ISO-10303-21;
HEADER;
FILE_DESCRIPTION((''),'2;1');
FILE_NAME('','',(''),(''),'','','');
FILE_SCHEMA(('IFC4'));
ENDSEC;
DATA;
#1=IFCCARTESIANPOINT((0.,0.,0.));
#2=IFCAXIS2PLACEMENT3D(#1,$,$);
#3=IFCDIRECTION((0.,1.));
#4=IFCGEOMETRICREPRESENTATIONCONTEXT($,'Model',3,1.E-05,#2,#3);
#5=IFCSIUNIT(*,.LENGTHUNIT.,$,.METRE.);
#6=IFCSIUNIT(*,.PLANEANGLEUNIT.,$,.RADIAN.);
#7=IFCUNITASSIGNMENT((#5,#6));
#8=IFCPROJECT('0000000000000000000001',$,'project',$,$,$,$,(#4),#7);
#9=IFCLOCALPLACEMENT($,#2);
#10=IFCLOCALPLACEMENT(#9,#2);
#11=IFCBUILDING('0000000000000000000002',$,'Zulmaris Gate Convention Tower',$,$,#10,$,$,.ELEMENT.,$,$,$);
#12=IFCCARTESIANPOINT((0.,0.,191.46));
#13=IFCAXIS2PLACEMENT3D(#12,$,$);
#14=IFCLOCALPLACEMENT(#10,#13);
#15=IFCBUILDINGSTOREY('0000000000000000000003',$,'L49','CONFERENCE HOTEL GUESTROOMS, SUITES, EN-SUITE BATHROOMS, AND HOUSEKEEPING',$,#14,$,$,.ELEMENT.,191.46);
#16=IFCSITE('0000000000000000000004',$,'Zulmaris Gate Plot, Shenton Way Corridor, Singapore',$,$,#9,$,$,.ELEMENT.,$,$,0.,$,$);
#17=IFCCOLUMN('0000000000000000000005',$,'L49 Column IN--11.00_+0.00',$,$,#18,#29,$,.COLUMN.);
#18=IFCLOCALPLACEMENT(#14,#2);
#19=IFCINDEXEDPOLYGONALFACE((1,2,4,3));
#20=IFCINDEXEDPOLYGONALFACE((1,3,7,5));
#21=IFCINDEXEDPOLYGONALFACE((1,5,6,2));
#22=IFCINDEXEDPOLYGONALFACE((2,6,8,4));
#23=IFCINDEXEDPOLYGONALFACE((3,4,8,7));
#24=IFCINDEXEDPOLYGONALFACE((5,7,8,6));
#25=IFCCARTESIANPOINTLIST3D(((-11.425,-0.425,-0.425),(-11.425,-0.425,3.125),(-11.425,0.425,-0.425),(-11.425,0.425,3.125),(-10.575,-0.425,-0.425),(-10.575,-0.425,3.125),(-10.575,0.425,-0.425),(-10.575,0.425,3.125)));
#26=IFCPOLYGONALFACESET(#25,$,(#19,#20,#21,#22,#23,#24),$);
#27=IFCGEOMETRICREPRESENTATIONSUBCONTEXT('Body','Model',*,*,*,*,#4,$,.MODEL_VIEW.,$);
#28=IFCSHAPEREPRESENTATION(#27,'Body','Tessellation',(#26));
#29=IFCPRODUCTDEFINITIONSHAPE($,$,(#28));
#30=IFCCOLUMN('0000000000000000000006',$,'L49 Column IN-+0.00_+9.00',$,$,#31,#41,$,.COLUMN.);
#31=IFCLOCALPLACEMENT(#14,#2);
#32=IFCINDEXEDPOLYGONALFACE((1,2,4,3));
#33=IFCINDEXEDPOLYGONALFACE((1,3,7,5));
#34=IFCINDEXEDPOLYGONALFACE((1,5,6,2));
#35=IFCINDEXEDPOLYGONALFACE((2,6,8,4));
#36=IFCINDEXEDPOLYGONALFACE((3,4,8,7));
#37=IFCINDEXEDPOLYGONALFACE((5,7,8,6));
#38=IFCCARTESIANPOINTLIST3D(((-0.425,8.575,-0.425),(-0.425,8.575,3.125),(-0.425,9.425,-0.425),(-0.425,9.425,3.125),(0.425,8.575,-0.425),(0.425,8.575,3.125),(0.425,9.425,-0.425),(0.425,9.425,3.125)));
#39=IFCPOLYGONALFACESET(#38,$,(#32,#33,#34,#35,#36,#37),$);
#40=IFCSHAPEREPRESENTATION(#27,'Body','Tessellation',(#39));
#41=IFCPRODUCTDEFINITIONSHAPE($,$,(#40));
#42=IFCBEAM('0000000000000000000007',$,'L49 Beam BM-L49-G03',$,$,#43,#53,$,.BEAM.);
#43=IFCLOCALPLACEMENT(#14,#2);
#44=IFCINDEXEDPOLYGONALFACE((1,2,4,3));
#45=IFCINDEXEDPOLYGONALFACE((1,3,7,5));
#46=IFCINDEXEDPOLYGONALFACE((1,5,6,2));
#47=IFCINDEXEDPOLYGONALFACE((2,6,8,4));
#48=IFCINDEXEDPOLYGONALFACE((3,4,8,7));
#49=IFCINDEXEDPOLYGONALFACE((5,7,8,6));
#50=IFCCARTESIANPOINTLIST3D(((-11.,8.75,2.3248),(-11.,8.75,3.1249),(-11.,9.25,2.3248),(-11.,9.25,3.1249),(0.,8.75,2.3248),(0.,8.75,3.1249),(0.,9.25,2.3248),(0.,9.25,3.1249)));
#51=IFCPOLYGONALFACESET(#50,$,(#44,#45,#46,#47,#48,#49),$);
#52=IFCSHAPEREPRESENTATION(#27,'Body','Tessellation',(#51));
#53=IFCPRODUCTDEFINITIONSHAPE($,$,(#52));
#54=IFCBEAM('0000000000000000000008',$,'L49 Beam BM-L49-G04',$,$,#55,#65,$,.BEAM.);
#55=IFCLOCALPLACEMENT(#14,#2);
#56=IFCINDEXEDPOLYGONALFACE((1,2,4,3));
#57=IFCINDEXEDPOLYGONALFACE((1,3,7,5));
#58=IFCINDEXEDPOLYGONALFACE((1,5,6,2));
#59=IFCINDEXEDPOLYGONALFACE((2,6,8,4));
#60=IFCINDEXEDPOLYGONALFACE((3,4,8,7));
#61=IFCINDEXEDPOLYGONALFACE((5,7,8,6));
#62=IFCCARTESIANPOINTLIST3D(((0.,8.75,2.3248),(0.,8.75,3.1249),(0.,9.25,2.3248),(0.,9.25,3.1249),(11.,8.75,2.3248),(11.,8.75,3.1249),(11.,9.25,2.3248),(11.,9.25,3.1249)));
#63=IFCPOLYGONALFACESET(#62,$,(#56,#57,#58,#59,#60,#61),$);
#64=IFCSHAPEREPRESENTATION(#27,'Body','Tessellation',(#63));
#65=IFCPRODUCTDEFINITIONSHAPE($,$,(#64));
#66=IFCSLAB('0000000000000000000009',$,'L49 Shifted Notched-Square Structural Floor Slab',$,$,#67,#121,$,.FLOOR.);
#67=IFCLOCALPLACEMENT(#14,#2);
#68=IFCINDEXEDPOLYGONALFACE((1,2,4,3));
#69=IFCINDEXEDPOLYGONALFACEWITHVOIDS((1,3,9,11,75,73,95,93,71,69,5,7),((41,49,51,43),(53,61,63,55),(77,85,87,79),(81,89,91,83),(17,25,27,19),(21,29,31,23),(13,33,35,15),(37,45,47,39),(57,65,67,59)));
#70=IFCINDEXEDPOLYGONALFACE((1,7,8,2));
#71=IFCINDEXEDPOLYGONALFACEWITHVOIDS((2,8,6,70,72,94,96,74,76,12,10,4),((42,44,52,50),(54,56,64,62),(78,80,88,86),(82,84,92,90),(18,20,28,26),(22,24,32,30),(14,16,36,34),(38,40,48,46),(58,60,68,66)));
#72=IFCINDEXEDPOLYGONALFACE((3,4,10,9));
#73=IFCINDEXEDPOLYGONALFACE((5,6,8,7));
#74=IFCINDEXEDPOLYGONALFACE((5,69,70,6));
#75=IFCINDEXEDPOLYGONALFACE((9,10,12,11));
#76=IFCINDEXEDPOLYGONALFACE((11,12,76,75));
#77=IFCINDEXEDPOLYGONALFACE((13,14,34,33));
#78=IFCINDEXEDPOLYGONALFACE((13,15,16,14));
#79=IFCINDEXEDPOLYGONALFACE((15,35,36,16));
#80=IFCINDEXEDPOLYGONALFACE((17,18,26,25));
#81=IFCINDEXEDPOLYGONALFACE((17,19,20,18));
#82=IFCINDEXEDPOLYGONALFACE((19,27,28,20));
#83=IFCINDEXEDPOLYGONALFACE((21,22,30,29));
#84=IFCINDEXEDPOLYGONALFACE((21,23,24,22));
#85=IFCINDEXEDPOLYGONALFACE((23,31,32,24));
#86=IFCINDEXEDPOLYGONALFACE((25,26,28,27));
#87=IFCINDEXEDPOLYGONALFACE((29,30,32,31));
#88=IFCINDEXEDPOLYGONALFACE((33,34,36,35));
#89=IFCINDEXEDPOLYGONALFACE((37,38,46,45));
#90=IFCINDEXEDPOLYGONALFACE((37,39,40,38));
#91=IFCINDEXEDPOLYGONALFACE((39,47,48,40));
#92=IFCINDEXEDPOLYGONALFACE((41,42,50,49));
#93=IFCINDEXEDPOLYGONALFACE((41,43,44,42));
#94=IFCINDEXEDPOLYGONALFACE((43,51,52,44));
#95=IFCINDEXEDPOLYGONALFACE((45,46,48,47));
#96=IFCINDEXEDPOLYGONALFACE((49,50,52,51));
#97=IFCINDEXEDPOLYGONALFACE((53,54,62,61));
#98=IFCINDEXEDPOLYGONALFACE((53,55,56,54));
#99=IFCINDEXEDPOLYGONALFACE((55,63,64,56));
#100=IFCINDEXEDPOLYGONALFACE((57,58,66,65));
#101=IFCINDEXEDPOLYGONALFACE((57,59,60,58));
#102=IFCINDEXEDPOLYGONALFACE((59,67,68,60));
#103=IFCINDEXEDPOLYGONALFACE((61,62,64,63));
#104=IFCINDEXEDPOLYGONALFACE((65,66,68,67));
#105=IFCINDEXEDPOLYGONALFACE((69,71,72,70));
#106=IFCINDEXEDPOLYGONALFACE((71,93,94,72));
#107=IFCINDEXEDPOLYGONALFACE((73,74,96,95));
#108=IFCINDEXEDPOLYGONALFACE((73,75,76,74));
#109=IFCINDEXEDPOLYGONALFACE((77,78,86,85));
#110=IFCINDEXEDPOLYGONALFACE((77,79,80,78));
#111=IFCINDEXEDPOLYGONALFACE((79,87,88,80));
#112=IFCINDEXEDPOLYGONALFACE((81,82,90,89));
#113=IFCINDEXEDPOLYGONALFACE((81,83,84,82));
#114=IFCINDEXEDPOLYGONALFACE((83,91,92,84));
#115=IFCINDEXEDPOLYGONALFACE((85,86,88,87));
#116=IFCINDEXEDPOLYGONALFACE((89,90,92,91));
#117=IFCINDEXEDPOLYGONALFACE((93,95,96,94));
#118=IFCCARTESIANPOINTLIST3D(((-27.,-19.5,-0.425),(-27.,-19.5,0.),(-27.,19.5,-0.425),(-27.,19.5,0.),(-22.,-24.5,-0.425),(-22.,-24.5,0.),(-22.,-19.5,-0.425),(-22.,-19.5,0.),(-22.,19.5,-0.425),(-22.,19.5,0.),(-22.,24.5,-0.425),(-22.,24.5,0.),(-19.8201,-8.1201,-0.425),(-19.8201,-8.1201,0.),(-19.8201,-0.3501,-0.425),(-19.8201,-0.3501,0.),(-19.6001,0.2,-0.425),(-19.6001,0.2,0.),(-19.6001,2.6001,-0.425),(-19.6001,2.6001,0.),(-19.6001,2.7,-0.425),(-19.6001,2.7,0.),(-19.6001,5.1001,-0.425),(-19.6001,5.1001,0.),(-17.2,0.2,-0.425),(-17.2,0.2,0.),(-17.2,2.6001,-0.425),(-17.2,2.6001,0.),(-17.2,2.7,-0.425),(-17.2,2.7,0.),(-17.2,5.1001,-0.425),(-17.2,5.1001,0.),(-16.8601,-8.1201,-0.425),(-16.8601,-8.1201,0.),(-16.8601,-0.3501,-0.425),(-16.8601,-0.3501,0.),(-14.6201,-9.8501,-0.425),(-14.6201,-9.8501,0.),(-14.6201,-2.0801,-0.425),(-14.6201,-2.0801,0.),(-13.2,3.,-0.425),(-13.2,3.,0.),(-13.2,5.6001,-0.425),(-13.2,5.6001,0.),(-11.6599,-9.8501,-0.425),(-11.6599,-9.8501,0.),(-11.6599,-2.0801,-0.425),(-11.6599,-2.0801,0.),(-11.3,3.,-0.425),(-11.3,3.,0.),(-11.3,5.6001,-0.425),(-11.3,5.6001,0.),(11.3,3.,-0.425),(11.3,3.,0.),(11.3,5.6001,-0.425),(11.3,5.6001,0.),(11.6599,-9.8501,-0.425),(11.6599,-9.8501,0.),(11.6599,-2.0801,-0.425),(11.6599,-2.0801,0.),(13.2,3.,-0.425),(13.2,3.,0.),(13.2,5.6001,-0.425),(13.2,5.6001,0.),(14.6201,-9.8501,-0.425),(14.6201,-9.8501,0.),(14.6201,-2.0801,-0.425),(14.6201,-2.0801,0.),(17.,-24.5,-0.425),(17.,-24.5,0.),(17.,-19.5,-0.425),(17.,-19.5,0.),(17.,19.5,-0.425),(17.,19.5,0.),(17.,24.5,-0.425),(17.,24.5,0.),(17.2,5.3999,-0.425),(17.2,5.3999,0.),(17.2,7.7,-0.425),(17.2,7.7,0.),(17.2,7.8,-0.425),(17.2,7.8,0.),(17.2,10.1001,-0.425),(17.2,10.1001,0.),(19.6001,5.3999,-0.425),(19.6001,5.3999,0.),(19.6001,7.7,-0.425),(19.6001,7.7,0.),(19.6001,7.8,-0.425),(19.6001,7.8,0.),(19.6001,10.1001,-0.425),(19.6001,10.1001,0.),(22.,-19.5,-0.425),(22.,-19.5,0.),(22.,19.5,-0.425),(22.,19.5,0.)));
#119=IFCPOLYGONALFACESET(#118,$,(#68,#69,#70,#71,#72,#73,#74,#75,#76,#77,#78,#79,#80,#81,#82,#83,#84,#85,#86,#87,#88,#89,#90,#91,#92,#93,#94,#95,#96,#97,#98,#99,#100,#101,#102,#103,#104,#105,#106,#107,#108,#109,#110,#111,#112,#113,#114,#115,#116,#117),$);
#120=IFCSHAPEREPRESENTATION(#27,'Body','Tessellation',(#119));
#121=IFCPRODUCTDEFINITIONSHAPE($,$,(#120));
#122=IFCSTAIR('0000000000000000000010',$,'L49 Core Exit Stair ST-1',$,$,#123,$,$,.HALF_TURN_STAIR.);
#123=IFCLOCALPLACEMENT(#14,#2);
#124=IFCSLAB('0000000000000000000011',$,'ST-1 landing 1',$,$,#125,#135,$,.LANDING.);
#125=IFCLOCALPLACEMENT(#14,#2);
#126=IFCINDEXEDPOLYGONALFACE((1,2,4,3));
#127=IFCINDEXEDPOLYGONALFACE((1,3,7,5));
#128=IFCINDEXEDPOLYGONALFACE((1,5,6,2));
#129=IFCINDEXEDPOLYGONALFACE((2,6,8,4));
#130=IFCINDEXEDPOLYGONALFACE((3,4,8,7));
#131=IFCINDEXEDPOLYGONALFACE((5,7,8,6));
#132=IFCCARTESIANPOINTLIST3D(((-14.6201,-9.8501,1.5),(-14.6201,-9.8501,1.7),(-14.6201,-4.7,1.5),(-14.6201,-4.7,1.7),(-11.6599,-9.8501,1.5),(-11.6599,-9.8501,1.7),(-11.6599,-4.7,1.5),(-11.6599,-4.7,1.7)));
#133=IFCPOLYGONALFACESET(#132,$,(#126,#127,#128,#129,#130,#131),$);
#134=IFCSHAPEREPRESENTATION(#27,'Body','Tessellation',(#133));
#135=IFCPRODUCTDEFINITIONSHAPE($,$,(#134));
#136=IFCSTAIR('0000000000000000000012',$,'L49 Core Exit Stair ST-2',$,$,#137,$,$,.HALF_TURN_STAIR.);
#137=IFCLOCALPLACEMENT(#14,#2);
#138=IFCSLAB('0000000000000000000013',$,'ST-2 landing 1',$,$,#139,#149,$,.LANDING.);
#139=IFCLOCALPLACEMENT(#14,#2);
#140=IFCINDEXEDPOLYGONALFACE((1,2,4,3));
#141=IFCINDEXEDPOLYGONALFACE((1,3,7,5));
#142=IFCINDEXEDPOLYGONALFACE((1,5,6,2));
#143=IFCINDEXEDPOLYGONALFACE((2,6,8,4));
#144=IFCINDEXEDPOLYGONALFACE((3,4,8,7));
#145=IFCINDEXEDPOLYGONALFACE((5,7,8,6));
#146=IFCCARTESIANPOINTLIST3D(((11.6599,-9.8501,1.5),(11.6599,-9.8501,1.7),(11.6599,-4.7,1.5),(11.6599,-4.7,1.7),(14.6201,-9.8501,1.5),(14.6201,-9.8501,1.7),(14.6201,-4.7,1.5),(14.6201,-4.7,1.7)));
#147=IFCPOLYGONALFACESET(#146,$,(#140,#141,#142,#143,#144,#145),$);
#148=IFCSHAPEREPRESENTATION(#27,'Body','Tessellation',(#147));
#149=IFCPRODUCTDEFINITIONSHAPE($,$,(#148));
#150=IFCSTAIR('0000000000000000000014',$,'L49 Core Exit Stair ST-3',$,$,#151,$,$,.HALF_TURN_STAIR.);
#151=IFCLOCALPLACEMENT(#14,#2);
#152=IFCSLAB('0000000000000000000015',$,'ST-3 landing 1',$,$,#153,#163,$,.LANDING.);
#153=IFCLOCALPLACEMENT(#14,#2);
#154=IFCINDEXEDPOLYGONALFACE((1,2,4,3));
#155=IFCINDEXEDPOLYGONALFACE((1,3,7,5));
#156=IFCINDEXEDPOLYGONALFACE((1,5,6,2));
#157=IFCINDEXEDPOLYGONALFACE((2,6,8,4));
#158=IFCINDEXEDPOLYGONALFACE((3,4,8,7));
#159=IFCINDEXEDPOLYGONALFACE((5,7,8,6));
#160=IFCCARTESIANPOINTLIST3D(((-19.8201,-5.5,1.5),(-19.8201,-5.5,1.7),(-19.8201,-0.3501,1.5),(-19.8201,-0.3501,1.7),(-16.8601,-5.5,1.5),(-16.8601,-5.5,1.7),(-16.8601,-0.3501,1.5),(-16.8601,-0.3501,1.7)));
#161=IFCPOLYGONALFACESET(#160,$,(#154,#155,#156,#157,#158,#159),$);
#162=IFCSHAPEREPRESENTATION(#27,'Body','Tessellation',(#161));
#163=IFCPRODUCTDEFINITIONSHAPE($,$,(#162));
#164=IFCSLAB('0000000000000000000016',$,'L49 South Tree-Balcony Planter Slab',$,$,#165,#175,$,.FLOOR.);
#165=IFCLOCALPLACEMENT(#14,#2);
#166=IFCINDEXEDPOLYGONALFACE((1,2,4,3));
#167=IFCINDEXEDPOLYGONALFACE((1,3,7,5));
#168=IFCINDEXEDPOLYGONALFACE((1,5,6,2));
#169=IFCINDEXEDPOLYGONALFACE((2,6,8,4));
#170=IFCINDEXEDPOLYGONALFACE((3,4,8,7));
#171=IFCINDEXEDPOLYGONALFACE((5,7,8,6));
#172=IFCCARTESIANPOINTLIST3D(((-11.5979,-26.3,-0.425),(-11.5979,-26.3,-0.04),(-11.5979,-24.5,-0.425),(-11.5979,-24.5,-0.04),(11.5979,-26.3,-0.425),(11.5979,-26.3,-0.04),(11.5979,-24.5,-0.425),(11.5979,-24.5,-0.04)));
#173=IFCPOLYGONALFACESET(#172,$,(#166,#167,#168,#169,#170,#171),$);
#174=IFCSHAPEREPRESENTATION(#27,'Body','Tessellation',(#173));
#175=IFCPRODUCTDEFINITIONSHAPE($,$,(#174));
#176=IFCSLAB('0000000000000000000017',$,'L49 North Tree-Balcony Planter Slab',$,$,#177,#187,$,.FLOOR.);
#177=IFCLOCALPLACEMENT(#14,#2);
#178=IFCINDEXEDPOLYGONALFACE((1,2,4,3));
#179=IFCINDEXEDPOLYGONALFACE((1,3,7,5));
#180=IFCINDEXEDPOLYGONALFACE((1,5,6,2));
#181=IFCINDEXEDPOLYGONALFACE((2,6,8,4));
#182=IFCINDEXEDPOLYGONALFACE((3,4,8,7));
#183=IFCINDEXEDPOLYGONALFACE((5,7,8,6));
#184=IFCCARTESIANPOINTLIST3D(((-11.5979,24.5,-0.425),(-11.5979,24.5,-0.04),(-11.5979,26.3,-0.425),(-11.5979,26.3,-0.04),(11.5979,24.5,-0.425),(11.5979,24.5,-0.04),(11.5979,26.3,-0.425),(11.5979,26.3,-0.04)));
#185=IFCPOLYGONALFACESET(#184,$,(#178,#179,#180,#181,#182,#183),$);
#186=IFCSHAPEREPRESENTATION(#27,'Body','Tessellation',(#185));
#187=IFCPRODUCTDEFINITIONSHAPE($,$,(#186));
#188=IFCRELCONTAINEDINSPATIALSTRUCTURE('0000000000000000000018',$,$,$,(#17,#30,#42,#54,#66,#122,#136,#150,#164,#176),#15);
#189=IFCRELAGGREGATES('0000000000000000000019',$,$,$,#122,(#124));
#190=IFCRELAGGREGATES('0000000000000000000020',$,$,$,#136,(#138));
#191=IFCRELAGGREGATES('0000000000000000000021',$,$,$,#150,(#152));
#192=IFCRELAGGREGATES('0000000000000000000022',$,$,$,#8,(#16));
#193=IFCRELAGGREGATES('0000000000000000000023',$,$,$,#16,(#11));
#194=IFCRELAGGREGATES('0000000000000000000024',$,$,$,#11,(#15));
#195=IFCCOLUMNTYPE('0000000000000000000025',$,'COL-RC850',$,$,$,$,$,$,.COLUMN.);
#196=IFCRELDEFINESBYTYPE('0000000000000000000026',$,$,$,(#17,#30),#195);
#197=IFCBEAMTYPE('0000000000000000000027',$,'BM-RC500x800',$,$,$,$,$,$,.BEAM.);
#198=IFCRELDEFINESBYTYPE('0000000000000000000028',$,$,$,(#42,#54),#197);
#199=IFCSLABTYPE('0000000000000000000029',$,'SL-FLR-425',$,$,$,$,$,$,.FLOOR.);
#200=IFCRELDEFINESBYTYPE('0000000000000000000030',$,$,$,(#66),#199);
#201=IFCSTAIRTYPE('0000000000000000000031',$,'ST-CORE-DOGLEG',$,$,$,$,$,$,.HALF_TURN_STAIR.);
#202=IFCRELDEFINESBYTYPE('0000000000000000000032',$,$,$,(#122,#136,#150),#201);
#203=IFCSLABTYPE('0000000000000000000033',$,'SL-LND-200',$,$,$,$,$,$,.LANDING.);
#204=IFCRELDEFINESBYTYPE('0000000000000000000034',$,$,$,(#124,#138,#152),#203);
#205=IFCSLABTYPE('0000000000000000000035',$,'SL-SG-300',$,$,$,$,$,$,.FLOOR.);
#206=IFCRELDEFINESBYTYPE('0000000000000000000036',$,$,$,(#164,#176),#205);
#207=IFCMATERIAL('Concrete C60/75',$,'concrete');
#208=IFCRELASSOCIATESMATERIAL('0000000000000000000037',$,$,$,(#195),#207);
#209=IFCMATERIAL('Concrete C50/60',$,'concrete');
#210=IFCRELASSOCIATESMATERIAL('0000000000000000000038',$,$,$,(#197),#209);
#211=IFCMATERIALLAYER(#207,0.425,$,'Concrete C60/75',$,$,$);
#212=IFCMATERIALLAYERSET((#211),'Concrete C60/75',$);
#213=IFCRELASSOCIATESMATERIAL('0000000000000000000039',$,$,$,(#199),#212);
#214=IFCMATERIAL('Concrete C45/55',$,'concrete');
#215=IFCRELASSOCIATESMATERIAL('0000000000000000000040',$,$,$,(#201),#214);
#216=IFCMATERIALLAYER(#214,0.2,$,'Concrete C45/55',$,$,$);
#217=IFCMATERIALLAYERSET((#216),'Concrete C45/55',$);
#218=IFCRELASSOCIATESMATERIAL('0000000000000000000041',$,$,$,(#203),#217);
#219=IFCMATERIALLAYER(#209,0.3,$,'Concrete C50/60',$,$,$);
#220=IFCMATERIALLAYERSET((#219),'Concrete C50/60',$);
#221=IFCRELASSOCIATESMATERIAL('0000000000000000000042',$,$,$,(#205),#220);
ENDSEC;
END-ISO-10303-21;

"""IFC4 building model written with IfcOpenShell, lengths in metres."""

from ifc_helpers import new_model, si_unit, direction, frame, origin, origin_2d, place, context, subcontext, project, spatial, polyline, rectangle, outline, extrude, material, layer, layer_set, material_profile, profile_set, type_object, element, aggregate, save


model = new_model("IFC4")

# Units and contexts
model_context = context("Model", 3, precision=1e-05, world=origin(), true_north=direction((0.0, 1.0)))
body_context = subcontext(model_context, "Body", "Model", "MODEL_VIEW")
ifc_project = project(units=[si_unit("LENGTHUNIT", "METRE"), si_unit("PLANEANGLEUNIT", "RADIAN")], contexts=[model_context])

# Site, building, storey
site_placement = place(None, origin())
site = spatial("IfcSite", under=ifc_project, at=site_placement, Name="Zulmaris Gate Plot, Shenton Way Corridor, Singapore", CompositionType="ELEMENT", RefElevation=0.0)
building_placement = place(site_placement, origin())
building = spatial("IfcBuilding", under=site, at=building_placement, Name="Zulmaris Gate Convention Tower", CompositionType="ELEMENT")
storey_placement = place(building_placement, frame((0.0, 0.0, 191.46)))
storey = spatial("IfcBuildingStorey", under=building, at=storey_placement, Name="L49", Description="CONFERENCE HOTEL GUESTROOMS, SUITES, EN-SUITE BATHROOMS, AND HOUSEKEEPING", CompositionType="ELEMENT", Elevation=191.46)

# Columns
ifc_material_1 = material(Name="Concrete C60/75", Category="concrete")
ifc_material_profile_1 = material_profile(ifc_material_1, rectangle(XDim=0.8501, YDim=0.8501, at=origin_2d()), Name="RC COL 850x850")
ifc_profile_set_1 = profile_set([ifc_material_profile_1], Name="Concrete C60/75")
column_type = type_object("IfcColumnType", Name="COL-RC850", PredefinedType="COLUMN", material=ifc_profile_set_1)
for number, where, z_axis, x_axis, name in (
    (1, (-11.0, 0.0, -0.425), (0.0, 0.0, 1.0), (1.0, 0.0, 0.0), "L49 Column IN--11.00_+0.00"),
    (2, (0.0, 9.0, -0.425), (0.0, 0.0, 1.0), (1.0, 0.0, 0.0), "L49 Column IN-+0.00_+9.00"),
):
    element("IfcColumn", number, at=place(storey_placement, frame(where, z_axis=z_axis, x_axis=x_axis)), inside=storey, type_object=column_type, Name=name, PredefinedType="COLUMN", context=body_context, shape_type="SweptSolid", body=[
        extrude(rectangle(XDim=0.8501, YDim=0.8501, at=origin_2d()), origin(), (0.0, 0.0, 1.0), 3.55),
    ])

# Beams
ifc_material_2 = material(Name="Concrete C50/60", Category="concrete")
ifc_material_profile_2 = material_profile(ifc_material_2, rectangle(XDim=0.5, YDim=0.8, at=origin_2d()), Name="RC BEAM 500x800")
ifc_profile_set_2 = profile_set([ifc_material_profile_2], Name="Concrete C50/60")
beam_type = type_object("IfcBeamType", Name="BM-RC500x800", PredefinedType="BEAM", material=ifc_profile_set_2)
for number, where, z_axis, x_axis, name in (
    (3, (-11.0, 9.0, 2.7249), (1.0, 0.0, 0.0), (0.0, 1.0, 0.0), "L49 Beam BM-L49-G03"),
    (4, (0.0, 9.0, 2.7249), (1.0, 0.0, 0.0), (0.0, 1.0, 0.0), "L49 Beam BM-L49-G04"),
):
    element("IfcBeam", number, at=place(storey_placement, frame(where, z_axis=z_axis, x_axis=x_axis)), inside=storey, type_object=beam_type, Name=name, PredefinedType="BEAM", context=body_context, shape_type="SweptSolid", body=[
        extrude(rectangle(XDim=0.5, YDim=0.8, at=origin_2d()), origin(), (0.0, 0.0, 1.0), 11.0),
    ])

# Slab
ifc_layer_1 = layer(ifc_material_1, 0.425, Name="Concrete C60/75")
ifc_layer_set_1 = layer_set([ifc_layer_1], Name="Concrete C60/75")
slab_type_1 = type_object("IfcSlabType", Name="SL-FLR-425", PredefinedType="FLOOR", material=ifc_layer_set_1)
slab_1_placement = place(storey_placement, frame((0.0, 0.0, -0.425)))
element("IfcSlab", 5, at=slab_1_placement, inside=storey, type_object=slab_type_1, Name="L49 Shifted Notched-Square Structural Floor Slab", PredefinedType="FLOOR", context=body_context, shape_type="SweptSolid", body=[
    extrude(outline(polyline([(-22.0, -24.5), (17.0, -24.5), (17.0, -19.5), (22.0, -19.5), (22.0, 19.5), (17.0, 19.5), (17.0, 24.5), (-22.0, 24.5), (-22.0, 19.5), (-27.0, 19.5), (-27.0, -19.5), (-22.0, -19.5), (-22.0, -24.5)]), holes=[polyline([(-14.6201, -2.0801), (-14.6201, -9.8501), (-11.6599, -9.8501), (-11.6599, -2.0801), (-14.6201, -2.0801)]), polyline([(11.6599, -2.0801), (11.6599, -9.8501), (14.6201, -9.8501), (14.6201, -2.0801), (11.6599, -2.0801)]), polyline([(-16.8601, -8.1201), (-16.8601, -0.3501), (-19.8201, -0.3501), (-19.8201, -8.1201), (-16.8601, -8.1201)]), polyline([(-13.2, 3.0), (-11.3, 3.0), (-11.3, 5.6001), (-13.2, 5.6001), (-13.2, 3.0)]), polyline([(11.3, 3.0), (13.2, 3.0), (13.2, 5.6001), (11.3, 5.6001), (11.3, 3.0)]), polyline([(17.2, 5.3999), (19.6001, 5.3999), (19.6001, 7.7), (17.2, 7.7), (17.2, 5.3999)]), polyline([(17.2, 7.8), (19.6001, 7.8), (19.6001, 10.1001), (17.2, 10.1001), (17.2, 7.8)]), polyline([(-19.6001, 0.2), (-17.2, 0.2), (-17.2, 2.6001), (-19.6001, 2.6001), (-19.6001, 0.2)]), polyline([(-19.6001, 2.7), (-17.2, 2.7), (-17.2, 5.1001), (-19.6001, 5.1001), (-19.6001, 2.7)])]), origin(), (0.0, 0.0, 1.0), 0.425),
])

# Stairs, slabs
ifc_material_3 = material(Name="Concrete C45/55", Category="concrete")
stair_type = type_object("IfcStairType", Name="ST-CORE-DOGLEG", PredefinedType="HALF_TURN_STAIR", material=ifc_material_3)
stair_1_placement = place(storey_placement, origin())
stair_1 = element("IfcStair", 6, at=stair_1_placement, inside=storey, type_object=stair_type, Name="L49 Core Exit Stair ST-1", PredefinedType="HALF_TURN_STAIR")
ifc_layer_2 = layer(ifc_material_3, 0.2, Name="Concrete C45/55")
ifc_layer_set_2 = layer_set([ifc_layer_2], Name="Concrete C45/55")
slab_type_2 = type_object("IfcSlabType", Name="SL-LND-200", PredefinedType="LANDING", material=ifc_layer_set_2)
slab_2_placement = place(storey_placement, frame((0.0, 0.0, 1.5)))
slab_2 = element("IfcSlab", 7, at=slab_2_placement, type_object=slab_type_2, Name="ST-1 landing 1", PredefinedType="LANDING", context=body_context, shape_type="SweptSolid", body=[
    extrude(outline(polyline([(-14.6201, -4.7), (-14.6201, -9.8501), (-11.6599, -9.8501), (-11.6599, -4.7), (-14.6201, -4.7)])), origin(), (0.0, 0.0, 1.0), 0.2),
])
aggregate(stair_1, [slab_2])
stair_2_placement = place(storey_placement, origin())
stair_2 = element("IfcStair", 8, at=stair_2_placement, inside=storey, type_object=stair_type, Name="L49 Core Exit Stair ST-2", PredefinedType="HALF_TURN_STAIR")
slab_3_placement = place(storey_placement, frame((0.0, 0.0, 1.5)))
slab_3 = element("IfcSlab", 9, at=slab_3_placement, type_object=slab_type_2, Name="ST-2 landing 1", PredefinedType="LANDING", context=body_context, shape_type="SweptSolid", body=[
    extrude(outline(polyline([(11.6599, -4.7), (11.6599, -9.8501), (14.6201, -9.8501), (14.6201, -4.7), (11.6599, -4.7)])), origin(), (0.0, 0.0, 1.0), 0.2),
])
aggregate(stair_2, [slab_3])
stair_3_placement = place(storey_placement, origin())
stair_3 = element("IfcStair", 10, at=stair_3_placement, inside=storey, type_object=stair_type, Name="L49 Core Exit Stair ST-3", PredefinedType="HALF_TURN_STAIR")
slab_4_placement = place(storey_placement, frame((0.0, 0.0, 1.5)))
slab_4 = element("IfcSlab", 11, at=slab_4_placement, type_object=slab_type_2, Name="ST-3 landing 1", PredefinedType="LANDING", context=body_context, shape_type="SweptSolid", body=[
    extrude(outline(polyline([(-16.8601, -5.5), (-16.8601, -0.3501), (-19.8201, -0.3501), (-19.8201, -5.5), (-16.8601, -5.5)])), origin(), (0.0, 0.0, 1.0), 0.2),
])
aggregate(stair_3, [slab_4])

# Slabs
ifc_layer_3 = layer(ifc_material_2, 0.3, Name="Concrete C50/60")
ifc_layer_set_3 = layer_set([ifc_layer_3], Name="Concrete C50/60")
slab_type_3 = type_object("IfcSlabType", Name="SL-SG-300", PredefinedType="FLOOR", material=ifc_layer_set_3)
slab_5_placement = place(storey_placement, frame((0.0, 0.0, -0.425)))
element("IfcSlab", 12, at=slab_5_placement, inside=storey, type_object=slab_type_3, Name="L49 South Tree-Balcony Planter Slab", PredefinedType="FLOOR", context=body_context, shape_type="SweptSolid", body=[
    extrude(outline(polyline([(-11.5979, -26.3), (-11.5979, -24.5), (11.5979, -24.5), (11.5979, -26.3), (-11.5979, -26.3)])), origin(), (0.0, 0.0, 1.0), 0.385),
])
slab_6_placement = place(storey_placement, frame((0.0, 0.0, -0.425)))
element("IfcSlab", 13, at=slab_6_placement, inside=storey, type_object=slab_type_3, Name="L49 North Tree-Balcony Planter Slab", PredefinedType="FLOOR", context=body_context, shape_type="SweptSolid", body=[
    extrude(outline(polyline([(11.5979, 26.3), (11.5979, 24.5), (-11.5979, 24.5), (-11.5979, 26.3), (11.5979, 26.3)])), origin(), (0.0, 0.0, 1.0), 0.385),
])

save(model, "model.ifc")
